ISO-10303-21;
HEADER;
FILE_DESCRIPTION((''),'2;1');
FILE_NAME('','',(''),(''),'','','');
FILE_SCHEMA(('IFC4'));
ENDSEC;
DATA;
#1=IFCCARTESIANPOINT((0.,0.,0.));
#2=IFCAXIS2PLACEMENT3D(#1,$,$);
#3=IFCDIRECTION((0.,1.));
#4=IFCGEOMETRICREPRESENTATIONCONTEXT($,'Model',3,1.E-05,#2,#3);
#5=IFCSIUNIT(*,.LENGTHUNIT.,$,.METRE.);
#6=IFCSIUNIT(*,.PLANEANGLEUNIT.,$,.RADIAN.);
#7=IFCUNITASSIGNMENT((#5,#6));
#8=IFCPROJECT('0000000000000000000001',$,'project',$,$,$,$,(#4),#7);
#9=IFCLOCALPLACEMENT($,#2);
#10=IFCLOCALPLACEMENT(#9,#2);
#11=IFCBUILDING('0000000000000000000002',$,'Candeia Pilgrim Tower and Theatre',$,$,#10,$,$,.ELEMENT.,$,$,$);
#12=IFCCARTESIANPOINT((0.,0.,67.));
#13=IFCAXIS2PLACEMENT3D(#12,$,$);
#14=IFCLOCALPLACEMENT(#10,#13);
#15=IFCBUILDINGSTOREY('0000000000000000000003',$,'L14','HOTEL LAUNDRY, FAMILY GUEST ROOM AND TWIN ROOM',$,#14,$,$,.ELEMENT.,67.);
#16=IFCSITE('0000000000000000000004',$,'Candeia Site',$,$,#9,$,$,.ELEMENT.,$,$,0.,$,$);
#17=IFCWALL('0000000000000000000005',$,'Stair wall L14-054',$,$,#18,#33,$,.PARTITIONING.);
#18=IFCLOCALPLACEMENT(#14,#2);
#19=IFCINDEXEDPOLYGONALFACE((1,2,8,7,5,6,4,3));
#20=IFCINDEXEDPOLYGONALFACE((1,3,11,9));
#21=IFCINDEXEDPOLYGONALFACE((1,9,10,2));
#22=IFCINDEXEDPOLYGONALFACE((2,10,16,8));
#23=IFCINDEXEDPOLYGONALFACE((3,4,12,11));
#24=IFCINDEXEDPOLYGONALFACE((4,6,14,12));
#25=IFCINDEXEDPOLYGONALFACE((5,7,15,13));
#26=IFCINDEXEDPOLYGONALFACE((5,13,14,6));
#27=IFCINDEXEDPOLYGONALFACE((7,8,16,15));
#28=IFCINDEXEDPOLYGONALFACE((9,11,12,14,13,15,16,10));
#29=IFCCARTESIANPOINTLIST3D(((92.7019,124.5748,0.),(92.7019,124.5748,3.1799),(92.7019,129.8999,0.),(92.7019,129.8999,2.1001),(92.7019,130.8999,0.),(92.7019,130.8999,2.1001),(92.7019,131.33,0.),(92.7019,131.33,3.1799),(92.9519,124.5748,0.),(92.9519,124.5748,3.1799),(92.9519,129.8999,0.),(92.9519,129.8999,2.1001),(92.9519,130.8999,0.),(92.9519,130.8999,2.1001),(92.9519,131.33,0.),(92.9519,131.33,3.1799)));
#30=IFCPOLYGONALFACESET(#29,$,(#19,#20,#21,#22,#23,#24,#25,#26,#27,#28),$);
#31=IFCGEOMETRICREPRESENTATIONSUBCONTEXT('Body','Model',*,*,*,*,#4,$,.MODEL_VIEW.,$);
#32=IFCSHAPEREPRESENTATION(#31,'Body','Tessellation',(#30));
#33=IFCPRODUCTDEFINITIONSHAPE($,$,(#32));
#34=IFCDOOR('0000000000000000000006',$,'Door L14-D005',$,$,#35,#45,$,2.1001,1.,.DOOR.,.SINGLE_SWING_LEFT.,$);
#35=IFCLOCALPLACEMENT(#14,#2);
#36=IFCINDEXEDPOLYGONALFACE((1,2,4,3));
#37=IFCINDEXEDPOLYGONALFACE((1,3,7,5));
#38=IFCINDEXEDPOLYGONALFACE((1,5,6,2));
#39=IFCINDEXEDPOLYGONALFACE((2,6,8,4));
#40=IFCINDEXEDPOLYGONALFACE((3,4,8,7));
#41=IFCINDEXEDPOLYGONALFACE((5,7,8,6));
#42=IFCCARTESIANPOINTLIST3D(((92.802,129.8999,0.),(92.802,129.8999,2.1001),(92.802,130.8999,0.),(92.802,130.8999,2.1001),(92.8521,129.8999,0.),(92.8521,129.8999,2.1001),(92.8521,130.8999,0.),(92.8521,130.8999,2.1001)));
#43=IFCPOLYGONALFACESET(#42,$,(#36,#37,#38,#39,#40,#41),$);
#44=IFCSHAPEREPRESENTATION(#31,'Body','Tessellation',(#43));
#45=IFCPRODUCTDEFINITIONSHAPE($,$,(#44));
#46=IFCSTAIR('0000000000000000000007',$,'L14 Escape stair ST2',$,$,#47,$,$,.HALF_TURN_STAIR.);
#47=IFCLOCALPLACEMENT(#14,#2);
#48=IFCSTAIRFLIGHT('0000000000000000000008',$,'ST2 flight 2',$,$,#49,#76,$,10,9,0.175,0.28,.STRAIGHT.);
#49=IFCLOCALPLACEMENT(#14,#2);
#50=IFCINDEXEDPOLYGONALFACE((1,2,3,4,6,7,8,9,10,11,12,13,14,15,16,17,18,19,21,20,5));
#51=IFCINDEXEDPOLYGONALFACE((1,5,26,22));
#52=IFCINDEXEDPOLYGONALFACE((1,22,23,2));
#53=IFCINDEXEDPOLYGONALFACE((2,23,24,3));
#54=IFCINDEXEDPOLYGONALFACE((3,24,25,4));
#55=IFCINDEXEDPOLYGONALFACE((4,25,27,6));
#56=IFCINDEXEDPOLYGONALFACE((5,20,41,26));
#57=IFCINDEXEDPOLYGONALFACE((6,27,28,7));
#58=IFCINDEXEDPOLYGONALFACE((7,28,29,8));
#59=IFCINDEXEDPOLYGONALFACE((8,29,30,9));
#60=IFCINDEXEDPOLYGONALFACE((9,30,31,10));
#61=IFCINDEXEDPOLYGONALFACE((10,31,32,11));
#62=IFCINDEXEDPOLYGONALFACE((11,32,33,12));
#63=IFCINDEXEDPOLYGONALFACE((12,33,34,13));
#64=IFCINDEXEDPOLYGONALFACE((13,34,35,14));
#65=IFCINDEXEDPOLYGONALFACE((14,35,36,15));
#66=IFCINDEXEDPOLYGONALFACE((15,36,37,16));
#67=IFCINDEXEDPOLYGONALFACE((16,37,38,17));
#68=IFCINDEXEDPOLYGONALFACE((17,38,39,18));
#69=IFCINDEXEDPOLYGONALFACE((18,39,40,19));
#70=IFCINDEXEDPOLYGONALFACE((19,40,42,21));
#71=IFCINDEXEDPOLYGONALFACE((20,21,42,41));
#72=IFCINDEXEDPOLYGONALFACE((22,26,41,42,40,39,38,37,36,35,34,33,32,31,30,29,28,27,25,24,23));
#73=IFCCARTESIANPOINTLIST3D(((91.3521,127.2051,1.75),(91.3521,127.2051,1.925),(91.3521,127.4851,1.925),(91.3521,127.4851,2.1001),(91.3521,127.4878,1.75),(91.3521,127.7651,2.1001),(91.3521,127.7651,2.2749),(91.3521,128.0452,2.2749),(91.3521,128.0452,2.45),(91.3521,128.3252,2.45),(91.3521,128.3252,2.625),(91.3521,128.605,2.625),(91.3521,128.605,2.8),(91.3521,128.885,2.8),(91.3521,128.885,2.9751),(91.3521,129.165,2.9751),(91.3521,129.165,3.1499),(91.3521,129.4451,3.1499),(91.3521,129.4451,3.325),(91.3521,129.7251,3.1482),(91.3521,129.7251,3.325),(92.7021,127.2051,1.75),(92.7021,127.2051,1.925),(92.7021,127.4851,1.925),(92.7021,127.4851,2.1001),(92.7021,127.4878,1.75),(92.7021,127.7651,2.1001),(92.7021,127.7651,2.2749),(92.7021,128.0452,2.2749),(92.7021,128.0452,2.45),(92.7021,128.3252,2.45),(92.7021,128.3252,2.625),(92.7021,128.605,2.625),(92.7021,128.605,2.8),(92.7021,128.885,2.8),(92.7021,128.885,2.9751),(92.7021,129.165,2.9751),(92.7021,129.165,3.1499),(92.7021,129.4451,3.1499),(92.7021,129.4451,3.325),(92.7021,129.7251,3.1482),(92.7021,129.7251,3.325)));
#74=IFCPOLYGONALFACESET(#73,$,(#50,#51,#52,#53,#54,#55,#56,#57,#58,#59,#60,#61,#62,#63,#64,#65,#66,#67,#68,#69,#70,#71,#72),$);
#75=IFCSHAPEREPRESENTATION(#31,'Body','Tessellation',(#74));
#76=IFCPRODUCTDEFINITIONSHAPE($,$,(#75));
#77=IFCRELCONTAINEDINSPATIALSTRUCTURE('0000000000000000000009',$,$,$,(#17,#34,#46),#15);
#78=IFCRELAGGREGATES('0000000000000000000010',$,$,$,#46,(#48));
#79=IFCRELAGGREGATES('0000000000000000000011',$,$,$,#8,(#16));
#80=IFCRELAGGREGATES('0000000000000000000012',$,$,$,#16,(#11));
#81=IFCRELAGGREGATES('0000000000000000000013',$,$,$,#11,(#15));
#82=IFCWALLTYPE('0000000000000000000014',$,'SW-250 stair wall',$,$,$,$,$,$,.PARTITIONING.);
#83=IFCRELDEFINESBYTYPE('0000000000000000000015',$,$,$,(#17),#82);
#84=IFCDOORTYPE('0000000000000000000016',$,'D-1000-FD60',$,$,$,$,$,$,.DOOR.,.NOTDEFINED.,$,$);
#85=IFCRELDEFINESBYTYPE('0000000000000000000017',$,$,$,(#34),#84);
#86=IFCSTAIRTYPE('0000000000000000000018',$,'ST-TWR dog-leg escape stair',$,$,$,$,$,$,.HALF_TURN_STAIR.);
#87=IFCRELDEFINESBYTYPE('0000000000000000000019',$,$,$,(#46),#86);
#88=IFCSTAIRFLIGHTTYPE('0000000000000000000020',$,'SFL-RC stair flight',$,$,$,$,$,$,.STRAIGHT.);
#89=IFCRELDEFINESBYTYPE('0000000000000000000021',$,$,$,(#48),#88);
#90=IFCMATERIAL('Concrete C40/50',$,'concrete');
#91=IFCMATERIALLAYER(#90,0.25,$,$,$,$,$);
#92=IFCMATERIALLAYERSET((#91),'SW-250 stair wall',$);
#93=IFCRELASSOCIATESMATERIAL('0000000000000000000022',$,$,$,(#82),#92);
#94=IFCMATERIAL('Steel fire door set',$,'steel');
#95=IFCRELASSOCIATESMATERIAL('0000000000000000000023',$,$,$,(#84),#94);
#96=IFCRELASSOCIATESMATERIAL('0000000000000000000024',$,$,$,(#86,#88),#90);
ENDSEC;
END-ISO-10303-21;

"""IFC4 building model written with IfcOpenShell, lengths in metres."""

from ifc_helpers import new_model, si_unit, direction, frame, frame_2d, origin, place, context, subcontext, project, spatial, polyline, rectangle, outline, extrude, material, layer, layer_set, type_object, element, fill, aggregate, save


model = new_model("IFC4")

# Units and contexts
model_context = context("Model", 3, precision=1e-05, world=origin(), true_north=direction((0.0, 1.0)))
body_context = subcontext(model_context, "Body", "Model", "MODEL_VIEW")
ifc_project = project(units=[si_unit("LENGTHUNIT", "METRE"), si_unit("PLANEANGLEUNIT", "RADIAN")], contexts=[model_context])

# Site, building, storey
site_placement = place(None, origin())
site = spatial("IfcSite", under=ifc_project, at=site_placement, Name="Candeia Site", CompositionType="ELEMENT", RefElevation=0.0)
building_placement = place(site_placement, origin())
building = spatial("IfcBuilding", under=site, at=building_placement, Name="Candeia Pilgrim Tower and Theatre", CompositionType="ELEMENT")
storey_placement = place(building_placement, frame((0.0, 0.0, 67.0)))
storey = spatial("IfcBuildingStorey", under=building, at=storey_placement, Name="L14", Description="HOTEL LAUNDRY, FAMILY GUEST ROOM AND TWIN ROOM", CompositionType="ELEMENT", Elevation=67.0)

# Shared definitions
ifc_material_1 = material(Name="Steel fire door set", Category="steel")

# Shared definitions
ifc_material_2 = material(Name="Concrete C40/50", Category="concrete")

# Wall, opening, door
ifc_layer_1 = layer(ifc_material_2, 0.25)
ifc_layer_set_1 = layer_set([ifc_layer_1], Name="SW-250 stair wall")
wall_type_1 = type_object("IfcWallType", Name="SW-250 stair wall", PredefinedType="PARTITIONING", material=ifc_layer_set_1)
wall_1_placement = place(storey_placement, frame((92.8269, 124.575, 0.0), z_axis=(0.0, 0.0, 1.0), x_axis=(0.0, 1.0, 0.0)))
wall_1 = element("IfcWall", 1, at=wall_1_placement, inside=storey, type_object=wall_type_1, Name="Stair wall L14-054", PredefinedType="PARTITIONING", context=body_context, shape_type="SweptSolid", body=[
    extrude(rectangle(XDim=6.7551, YDim=0.25, at=frame_2d((3.3774, 0.0))), origin(), (0.0, 0.0, 1.0), 3.1799),
])
opening_1_placement = place(wall_1_placement, frame((5.325, 0.0, 0.0)))
opening_1 = element("IfcOpeningElement", 2, at=opening_1_placement, cuts=wall_1, PredefinedType="OPENING", context=body_context, shape_type="SweptSolid", body=[
    extrude(rectangle(XDim=1.0, YDim=2.1001, at=frame_2d((0.5, 1.05))), frame((0.0, 0.135, 0.0), z_axis=(0.0, -1.0, 0.0), x_axis=(1.0, 0.0, 0.0)), (0.0, 0.0, 1.0), 0.27),
])
door_type_1 = type_object("IfcDoorType", Name="D-1000-FD60", OperationType="NOTDEFINED", PredefinedType="DOOR", material=ifc_material_1)
door_1_placement = place(opening_1_placement, origin())
door_1 = element("IfcDoor", 3, at=door_1_placement, inside=storey, type_object=door_type_1, Name="Door L14-D005", OperationType="SINGLE_SWING_LEFT", OverallHeight=2.1001, OverallWidth=1.0, PredefinedType="DOOR", context=body_context, shape_type="SweptSolid", body=[
    extrude(rectangle(XDim=1.0, YDim=2.1001, at=frame_2d((0.5, 1.05))), frame((0.0, 0.0249, 0.0), z_axis=(0.0, -1.0, 0.0), x_axis=(1.0, 0.0, 0.0)), (0.0, 0.0, 1.0), 0.05),
])
fill(opening_1, door_1)

# Stair, stair flight
stair_type = type_object("IfcStairType", Name="ST-TWR dog-leg escape stair", PredefinedType="HALF_TURN_STAIR", material=ifc_material_2)
stair_placement = place(storey_placement, origin())
stair = element("IfcStair", 4, at=stair_placement, inside=storey, type_object=stair_type, Name="L14 Escape stair ST2", PredefinedType="HALF_TURN_STAIR")
stair_flight_type = type_object("IfcStairFlightType", Name="SFL-RC stair flight", PredefinedType="STRAIGHT", material=ifc_material_2)
stair_flight_placement = place(storey_placement, frame((92.0271, 127.2051, 1.75), z_axis=(0.0, 0.0, 1.0), x_axis=(0.0, 1.0, 0.0)))
stair_flight = element("IfcStairFlight", 5, at=stair_flight_placement, type_object=stair_flight_type, Name="ST2 flight 2", NumberOfRisers=10, NumberOfTreads=9, PredefinedType="STRAIGHT", RiserHeight=0.175, TreadLength=0.28, context=body_context, shape_type="SweptSolid", body=[
    extrude(outline(polyline([(0.0, 0.0), (0.0, 0.175), (0.28, 0.175), (0.28, 0.3501), (0.5601, 0.3501), (0.5601, 0.5249), (0.8401, 0.5249), (0.8401, 0.7), (1.1201, 0.7), (1.1201, 0.875), (1.3999, 0.875), (1.3999, 1.05), (1.6799, 1.05), (1.6799, 1.2251), (1.96, 1.2251), (1.96, 1.3999), (2.24, 1.3999), (2.24, 1.575), (2.52, 1.575), (2.52, 1.75), (2.52, 1.3982), (0.2827, 0.0), (0.0, 0.0)])), frame((0.0, 0.675, 0.0), z_axis=(0.0, -1.0, 0.0), x_axis=(1.0, 0.0, 0.0)), (0.0, 0.0, 1.0), 1.3501),
])
aggregate(stair, [stair_flight])

save(model, "model.ifc")
